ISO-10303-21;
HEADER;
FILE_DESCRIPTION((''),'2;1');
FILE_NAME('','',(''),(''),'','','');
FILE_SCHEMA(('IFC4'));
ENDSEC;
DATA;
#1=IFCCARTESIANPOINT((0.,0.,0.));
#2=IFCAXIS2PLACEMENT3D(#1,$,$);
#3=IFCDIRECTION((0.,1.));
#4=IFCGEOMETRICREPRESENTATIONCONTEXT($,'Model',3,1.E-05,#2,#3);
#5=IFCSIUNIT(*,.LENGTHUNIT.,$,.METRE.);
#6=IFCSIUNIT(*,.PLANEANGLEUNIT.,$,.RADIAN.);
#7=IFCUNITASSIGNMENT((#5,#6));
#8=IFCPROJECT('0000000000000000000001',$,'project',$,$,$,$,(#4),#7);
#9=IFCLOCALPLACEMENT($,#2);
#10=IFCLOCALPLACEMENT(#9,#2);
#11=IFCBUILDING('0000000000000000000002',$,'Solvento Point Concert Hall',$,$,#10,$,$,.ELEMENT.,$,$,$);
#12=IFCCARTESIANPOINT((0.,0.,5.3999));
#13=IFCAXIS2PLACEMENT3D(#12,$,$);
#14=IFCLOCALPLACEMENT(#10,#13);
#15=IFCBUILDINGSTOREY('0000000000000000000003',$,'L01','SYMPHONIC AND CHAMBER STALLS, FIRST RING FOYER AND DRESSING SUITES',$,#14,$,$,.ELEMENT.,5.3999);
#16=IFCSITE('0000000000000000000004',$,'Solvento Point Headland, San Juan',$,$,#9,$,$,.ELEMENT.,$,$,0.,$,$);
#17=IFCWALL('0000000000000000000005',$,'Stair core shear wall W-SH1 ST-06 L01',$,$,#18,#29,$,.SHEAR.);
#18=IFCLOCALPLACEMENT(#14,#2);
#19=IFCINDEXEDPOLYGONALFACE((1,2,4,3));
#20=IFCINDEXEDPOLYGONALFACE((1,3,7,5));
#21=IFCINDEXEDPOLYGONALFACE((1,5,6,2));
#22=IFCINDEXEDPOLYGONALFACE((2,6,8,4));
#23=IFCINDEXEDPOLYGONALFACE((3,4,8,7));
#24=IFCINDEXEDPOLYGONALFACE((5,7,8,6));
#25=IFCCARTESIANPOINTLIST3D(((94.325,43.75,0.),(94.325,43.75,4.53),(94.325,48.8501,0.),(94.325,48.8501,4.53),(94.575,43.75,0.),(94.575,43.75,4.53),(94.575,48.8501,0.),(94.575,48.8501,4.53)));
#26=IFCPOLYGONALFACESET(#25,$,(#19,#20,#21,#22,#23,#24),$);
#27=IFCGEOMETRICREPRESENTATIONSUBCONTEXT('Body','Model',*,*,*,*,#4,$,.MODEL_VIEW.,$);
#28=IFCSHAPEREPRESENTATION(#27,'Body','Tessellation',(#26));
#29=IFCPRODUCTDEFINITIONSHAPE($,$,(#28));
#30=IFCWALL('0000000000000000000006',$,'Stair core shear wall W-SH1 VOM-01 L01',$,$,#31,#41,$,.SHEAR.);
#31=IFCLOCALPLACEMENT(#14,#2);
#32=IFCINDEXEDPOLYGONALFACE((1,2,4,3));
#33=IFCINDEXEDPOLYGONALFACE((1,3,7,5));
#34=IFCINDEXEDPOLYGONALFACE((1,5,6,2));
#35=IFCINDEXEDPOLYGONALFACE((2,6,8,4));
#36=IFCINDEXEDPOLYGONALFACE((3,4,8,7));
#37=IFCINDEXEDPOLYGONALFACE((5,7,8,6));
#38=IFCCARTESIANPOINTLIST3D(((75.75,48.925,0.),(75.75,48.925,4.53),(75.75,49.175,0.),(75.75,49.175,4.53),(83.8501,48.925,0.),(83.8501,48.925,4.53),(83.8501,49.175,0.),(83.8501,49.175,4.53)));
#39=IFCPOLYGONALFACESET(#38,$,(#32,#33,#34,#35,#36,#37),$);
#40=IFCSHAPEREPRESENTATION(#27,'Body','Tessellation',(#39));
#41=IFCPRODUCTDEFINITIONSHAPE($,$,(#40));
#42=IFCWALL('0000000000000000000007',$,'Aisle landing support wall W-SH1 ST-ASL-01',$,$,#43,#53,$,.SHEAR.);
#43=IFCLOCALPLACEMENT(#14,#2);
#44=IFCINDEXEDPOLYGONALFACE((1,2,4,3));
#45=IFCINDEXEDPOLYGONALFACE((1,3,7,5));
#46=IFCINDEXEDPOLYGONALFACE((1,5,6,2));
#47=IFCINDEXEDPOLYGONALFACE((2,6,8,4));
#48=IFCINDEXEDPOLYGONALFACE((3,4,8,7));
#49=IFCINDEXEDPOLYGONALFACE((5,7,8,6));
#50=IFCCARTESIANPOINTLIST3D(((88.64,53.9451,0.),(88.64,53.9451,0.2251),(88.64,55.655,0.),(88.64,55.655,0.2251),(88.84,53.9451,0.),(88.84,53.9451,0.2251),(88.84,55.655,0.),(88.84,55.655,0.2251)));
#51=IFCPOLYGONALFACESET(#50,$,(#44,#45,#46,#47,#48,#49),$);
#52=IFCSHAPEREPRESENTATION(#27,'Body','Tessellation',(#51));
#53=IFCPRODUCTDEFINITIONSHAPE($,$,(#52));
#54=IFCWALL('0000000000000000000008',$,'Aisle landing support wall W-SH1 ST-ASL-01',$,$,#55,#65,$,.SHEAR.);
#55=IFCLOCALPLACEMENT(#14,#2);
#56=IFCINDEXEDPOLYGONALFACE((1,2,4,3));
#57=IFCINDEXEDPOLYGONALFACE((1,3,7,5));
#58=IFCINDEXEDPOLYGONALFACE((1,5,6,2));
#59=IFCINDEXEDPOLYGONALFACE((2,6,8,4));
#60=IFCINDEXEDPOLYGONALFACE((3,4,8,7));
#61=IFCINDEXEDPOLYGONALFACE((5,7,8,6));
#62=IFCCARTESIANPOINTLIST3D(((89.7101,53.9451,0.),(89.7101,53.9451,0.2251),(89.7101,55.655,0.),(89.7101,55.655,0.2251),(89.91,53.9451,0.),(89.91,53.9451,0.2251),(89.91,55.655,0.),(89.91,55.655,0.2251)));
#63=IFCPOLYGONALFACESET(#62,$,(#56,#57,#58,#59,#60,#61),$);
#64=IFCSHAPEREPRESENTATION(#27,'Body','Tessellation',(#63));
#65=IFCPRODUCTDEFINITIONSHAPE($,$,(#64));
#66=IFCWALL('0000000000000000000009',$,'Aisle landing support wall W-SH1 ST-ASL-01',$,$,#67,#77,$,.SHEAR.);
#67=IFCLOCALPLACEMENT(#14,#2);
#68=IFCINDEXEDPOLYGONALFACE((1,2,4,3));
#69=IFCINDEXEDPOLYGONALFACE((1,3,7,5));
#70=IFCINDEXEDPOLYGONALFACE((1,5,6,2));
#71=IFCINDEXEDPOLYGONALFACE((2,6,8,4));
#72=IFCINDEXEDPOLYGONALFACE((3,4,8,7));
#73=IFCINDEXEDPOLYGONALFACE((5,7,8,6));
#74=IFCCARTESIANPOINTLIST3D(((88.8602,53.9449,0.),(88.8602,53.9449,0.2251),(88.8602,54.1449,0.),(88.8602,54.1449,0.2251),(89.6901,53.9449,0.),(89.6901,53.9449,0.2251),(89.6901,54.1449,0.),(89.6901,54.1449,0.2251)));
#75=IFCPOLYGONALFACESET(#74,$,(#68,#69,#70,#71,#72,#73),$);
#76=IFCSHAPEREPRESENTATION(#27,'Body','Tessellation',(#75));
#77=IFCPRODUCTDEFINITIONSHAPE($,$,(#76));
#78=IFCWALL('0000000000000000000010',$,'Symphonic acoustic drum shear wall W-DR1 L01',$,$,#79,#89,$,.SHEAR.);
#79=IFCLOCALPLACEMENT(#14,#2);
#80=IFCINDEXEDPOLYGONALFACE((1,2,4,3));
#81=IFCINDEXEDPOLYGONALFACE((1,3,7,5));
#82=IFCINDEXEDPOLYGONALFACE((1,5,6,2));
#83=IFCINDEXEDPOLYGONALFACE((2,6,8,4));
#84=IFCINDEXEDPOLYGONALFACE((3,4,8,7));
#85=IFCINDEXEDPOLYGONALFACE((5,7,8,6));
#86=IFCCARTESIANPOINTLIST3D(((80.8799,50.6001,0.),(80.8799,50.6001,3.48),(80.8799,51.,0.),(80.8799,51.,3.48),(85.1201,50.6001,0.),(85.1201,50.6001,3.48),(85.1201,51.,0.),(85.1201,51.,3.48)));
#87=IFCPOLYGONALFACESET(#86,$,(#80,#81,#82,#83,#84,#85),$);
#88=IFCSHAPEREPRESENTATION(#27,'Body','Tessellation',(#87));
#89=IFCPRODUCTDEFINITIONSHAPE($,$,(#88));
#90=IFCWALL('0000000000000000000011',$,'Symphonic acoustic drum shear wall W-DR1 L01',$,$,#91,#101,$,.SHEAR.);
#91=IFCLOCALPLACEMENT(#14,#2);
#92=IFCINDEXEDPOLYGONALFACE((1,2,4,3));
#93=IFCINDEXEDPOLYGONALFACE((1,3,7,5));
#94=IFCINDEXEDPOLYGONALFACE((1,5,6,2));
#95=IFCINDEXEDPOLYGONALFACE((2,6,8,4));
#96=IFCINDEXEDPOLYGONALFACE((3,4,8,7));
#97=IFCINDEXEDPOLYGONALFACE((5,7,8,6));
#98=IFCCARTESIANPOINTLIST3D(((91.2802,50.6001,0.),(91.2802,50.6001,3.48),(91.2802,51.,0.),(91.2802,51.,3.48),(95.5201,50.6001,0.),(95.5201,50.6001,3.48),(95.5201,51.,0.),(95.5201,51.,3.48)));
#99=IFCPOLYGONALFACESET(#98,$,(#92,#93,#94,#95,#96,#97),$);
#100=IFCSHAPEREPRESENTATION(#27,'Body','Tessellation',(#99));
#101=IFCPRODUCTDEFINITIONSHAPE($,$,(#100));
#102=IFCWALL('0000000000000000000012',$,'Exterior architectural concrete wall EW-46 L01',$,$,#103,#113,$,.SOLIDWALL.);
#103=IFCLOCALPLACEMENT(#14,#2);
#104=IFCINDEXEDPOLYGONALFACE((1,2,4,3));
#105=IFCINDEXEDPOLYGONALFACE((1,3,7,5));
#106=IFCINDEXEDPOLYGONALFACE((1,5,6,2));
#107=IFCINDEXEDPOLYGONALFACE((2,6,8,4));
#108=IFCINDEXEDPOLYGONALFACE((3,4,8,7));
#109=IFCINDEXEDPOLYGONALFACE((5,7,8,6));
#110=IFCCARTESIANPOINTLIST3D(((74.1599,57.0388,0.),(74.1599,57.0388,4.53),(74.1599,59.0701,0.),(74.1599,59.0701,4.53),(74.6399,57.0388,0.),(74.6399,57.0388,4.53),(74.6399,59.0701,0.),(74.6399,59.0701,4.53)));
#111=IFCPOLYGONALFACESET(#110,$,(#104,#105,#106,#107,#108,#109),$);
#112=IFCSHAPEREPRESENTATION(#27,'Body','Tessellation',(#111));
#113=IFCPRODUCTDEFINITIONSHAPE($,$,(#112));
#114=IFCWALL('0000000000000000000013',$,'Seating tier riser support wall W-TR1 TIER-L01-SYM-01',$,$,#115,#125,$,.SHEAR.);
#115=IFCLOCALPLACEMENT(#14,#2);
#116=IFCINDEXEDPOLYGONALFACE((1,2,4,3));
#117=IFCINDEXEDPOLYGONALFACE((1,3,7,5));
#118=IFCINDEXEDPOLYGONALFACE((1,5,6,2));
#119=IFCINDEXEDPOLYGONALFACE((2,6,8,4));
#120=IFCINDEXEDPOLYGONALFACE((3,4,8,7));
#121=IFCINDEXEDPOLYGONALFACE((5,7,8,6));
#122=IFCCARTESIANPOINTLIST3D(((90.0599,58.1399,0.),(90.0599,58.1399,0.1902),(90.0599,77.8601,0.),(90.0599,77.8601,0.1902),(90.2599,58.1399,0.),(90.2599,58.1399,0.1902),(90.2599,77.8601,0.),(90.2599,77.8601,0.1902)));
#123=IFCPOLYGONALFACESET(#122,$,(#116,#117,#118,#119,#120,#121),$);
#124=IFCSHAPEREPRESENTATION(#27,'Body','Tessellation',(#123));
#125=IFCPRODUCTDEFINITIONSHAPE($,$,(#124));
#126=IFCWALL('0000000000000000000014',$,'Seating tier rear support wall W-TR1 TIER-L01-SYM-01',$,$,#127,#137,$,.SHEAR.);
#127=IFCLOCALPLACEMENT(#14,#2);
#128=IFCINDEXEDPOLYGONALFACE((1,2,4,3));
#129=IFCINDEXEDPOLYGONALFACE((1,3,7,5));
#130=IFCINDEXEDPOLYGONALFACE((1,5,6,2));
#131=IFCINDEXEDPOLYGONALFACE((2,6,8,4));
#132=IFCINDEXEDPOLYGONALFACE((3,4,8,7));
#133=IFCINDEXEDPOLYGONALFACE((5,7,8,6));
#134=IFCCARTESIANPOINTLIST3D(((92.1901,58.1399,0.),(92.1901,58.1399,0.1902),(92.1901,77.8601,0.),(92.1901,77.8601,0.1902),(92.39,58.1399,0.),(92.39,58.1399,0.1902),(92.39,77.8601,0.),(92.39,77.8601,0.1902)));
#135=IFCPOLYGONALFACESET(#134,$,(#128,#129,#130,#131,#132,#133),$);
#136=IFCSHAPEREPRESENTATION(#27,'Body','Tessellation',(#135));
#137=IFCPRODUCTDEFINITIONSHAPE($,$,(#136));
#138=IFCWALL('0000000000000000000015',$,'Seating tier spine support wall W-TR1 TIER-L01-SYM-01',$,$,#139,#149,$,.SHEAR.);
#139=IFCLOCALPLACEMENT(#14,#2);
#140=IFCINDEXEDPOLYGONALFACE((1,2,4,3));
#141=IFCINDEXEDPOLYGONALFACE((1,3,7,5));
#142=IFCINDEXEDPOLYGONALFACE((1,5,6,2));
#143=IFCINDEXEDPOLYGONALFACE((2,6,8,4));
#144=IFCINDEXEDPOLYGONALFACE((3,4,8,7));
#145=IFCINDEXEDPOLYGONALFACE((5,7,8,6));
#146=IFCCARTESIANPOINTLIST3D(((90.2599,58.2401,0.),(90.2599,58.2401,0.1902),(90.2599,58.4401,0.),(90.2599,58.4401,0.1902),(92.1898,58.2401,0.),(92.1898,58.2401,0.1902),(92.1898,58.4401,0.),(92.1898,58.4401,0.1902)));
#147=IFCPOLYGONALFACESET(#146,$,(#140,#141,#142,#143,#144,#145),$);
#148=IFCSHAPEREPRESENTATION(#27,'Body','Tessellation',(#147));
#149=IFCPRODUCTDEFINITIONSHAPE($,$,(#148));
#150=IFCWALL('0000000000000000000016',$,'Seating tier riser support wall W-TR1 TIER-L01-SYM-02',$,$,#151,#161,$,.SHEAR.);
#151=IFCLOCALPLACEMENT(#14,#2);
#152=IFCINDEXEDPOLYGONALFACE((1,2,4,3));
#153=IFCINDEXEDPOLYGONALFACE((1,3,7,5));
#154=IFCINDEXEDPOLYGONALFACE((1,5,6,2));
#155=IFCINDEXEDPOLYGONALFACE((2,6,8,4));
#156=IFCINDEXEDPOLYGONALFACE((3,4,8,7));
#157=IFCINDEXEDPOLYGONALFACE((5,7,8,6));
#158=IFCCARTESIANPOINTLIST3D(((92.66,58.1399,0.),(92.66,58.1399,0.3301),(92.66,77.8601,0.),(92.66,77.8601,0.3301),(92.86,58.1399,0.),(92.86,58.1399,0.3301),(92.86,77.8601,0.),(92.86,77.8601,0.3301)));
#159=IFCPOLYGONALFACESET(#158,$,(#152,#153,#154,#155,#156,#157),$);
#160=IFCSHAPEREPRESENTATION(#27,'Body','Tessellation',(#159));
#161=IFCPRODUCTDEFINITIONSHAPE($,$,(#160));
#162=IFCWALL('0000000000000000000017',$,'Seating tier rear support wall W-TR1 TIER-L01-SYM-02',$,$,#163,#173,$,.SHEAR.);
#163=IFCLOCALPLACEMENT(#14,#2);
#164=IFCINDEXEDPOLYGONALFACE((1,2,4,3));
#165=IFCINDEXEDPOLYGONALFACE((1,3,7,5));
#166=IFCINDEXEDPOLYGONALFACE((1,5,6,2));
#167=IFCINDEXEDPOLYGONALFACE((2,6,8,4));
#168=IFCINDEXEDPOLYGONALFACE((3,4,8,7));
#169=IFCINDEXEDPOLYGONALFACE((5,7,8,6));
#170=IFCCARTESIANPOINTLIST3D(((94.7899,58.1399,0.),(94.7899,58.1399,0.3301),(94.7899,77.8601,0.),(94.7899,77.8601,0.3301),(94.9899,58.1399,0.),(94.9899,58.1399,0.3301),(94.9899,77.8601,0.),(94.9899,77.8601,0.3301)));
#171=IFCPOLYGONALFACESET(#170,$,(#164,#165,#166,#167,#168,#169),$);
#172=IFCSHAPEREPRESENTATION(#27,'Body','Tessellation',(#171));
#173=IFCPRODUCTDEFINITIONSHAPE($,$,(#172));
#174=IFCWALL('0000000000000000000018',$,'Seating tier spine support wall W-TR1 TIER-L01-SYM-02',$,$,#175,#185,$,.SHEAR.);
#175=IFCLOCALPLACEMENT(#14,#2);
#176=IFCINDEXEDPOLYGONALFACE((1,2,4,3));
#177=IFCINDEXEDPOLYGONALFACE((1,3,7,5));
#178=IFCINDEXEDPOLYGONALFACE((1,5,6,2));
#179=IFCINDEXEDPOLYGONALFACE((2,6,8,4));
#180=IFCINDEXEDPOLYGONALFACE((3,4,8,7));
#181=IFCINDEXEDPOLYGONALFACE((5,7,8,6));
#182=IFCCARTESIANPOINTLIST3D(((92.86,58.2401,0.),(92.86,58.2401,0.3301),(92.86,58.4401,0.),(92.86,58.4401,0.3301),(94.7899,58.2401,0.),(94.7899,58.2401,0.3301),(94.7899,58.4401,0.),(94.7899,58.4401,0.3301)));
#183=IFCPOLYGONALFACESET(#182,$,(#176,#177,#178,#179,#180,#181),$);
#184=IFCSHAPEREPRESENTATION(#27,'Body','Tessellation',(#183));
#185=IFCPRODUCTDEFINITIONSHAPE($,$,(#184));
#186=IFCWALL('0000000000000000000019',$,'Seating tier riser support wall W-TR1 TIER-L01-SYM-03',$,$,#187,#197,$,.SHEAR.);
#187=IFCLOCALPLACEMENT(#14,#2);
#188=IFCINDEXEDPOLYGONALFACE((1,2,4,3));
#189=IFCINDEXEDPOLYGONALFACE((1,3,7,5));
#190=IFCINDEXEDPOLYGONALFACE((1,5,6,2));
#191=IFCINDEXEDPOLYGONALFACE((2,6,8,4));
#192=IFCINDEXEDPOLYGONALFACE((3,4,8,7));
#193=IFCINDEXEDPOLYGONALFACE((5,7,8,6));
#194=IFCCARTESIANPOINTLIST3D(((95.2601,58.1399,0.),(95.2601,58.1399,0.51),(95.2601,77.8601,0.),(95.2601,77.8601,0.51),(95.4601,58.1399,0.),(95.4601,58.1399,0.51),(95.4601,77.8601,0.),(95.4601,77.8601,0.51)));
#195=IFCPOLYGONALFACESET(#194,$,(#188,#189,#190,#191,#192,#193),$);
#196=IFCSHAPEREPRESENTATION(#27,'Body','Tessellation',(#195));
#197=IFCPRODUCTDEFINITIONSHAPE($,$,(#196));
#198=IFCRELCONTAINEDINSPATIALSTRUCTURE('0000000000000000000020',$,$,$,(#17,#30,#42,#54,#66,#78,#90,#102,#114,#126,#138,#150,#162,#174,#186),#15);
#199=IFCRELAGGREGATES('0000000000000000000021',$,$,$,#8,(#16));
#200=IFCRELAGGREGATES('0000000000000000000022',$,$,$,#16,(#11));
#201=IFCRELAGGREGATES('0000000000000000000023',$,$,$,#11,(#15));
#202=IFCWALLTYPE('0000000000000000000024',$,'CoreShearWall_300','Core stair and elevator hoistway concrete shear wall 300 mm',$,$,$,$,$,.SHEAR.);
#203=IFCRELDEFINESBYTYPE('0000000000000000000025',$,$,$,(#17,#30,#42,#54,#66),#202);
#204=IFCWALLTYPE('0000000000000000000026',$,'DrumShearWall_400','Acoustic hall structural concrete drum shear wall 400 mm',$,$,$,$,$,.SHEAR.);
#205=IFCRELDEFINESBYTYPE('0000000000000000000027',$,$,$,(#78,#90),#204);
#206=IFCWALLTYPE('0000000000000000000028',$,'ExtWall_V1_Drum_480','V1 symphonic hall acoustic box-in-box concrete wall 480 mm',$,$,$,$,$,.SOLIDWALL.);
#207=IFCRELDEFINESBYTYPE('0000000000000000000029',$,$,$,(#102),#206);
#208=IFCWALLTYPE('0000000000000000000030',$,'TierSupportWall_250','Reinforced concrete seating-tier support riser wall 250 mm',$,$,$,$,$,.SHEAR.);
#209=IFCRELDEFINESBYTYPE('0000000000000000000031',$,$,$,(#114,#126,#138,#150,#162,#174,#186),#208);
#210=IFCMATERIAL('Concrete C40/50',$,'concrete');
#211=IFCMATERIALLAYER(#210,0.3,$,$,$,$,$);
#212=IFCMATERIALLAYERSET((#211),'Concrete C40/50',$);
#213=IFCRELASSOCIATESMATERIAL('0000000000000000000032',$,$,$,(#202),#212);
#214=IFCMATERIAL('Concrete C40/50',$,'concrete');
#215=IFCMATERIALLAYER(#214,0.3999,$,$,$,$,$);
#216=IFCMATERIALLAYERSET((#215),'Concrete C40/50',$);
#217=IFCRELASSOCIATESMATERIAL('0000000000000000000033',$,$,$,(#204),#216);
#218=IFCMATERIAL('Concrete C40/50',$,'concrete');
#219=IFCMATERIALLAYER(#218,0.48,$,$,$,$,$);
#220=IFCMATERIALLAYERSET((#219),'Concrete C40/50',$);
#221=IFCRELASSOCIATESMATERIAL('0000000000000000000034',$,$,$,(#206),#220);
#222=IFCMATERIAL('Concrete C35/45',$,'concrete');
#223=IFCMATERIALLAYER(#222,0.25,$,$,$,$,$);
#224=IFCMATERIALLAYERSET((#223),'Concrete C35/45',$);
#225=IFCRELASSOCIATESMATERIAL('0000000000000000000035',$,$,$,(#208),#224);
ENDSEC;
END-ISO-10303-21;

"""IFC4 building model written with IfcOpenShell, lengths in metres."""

from ifc_helpers import new_model, si_unit, direction, frame, frame_2d, origin, place, context, subcontext, project, spatial, rectangle, extrude, material, layer, layer_set, type_object, element, save


model = new_model("IFC4")

# Units and contexts
model_context = context("Model", 3, precision=1e-05, world=origin(), true_north=direction((0.0, 1.0)))
body_context = subcontext(model_context, "Body", "Model", "MODEL_VIEW")
ifc_project = project(units=[si_unit("LENGTHUNIT", "METRE"), si_unit("PLANEANGLEUNIT", "RADIAN")], contexts=[model_context])

# Site, building, storey
site_placement = place(None, origin())
site = spatial("IfcSite", under=ifc_project, at=site_placement, Name="Solvento Point Headland, San Juan", CompositionType="ELEMENT", RefElevation=0.0)
building_placement = place(site_placement, origin())
building = spatial("IfcBuilding", under=site, at=building_placement, Name="Solvento Point Concert Hall", CompositionType="ELEMENT")
storey_placement = place(building_placement, frame((0.0, 0.0, 5.3999)))
storey = spatial("IfcBuildingStorey", under=building, at=storey_placement, Name="L01", Description="SYMPHONIC AND CHAMBER STALLS, FIRST RING FOYER AND DRESSING SUITES", CompositionType="ELEMENT", Elevation=5.3999)

# Walls
ifc_material_1 = material(Name="Concrete C40/50", Category="concrete")
ifc_layer_1 = layer(ifc_material_1, 0.3)
ifc_layer_set_1 = layer_set([ifc_layer_1], Name="Concrete C40/50")
wall_type_1 = type_object("IfcWallType", Name="CoreShearWall_300", Description="Core stair and elevator hoistway concrete shear wall 300 mm", PredefinedType="SHEAR", material=ifc_layer_set_1)
wall_1_placement = place(storey_placement, frame((94.45, 48.8501, 0.0), z_axis=(0.0, 0.0, 1.0), x_axis=(0.0, -1.0, 0.0)))
element("IfcWall", 1, at=wall_1_placement, inside=storey, type_object=wall_type_1, Name="Stair core shear wall W-SH1 ST-06 L01", PredefinedType="SHEAR", context=body_context, shape_type="SweptSolid", body=[
    extrude(rectangle(XDim=5.1001, YDim=0.25, at=frame_2d((2.55, 0.0))), origin(), (0.0, 0.0, 1.0), 4.53),
])
wall_2_placement = place(storey_placement, frame((75.75, 49.05, 0.0), z_axis=(0.0, 0.0, 1.0), x_axis=(1.0, 0.0, 0.0)))
element("IfcWall", 2, at=wall_2_placement, inside=storey, type_object=wall_type_1, Name="Stair core shear wall W-SH1 VOM-01 L01", PredefinedType="SHEAR", context=body_context, shape_type="SweptSolid", body=[
    extrude(rectangle(XDim=8.1001, YDim=0.25, at=frame_2d((4.05, 0.0))), origin(), (0.0, 0.0, 1.0), 4.53),
])
for number, where, z_axis, x_axis, name in (
    (3, (88.74, 53.9451, 0.0), (0.0, 0.0, 1.0), (0.0, 1.0, 0.0), "Aisle landing support wall W-SH1 ST-ASL-01"),
    (4, (89.8101, 53.9451, 0.0), (0.0, 0.0, 1.0), (0.0, 1.0, 0.0), "Aisle landing support wall W-SH1 ST-ASL-01"),
):
    element("IfcWall", number, at=place(storey_placement, frame(where, z_axis=z_axis, x_axis=x_axis)), inside=storey, type_object=wall_type_1, Name=name, PredefinedType="SHEAR", context=body_context, shape_type="SweptSolid", body=[
        extrude(rectangle(XDim=1.71, YDim=0.2, at=frame_2d((0.855, 0.0))), origin(), (0.0, 0.0, 1.0), 0.2251),
    ])
wall_3_placement = place(storey_placement, frame((88.8601, 54.0449, 0.0), z_axis=(0.0, 0.0, 1.0), x_axis=(1.0, 0.0, 0.0)))
element("IfcWall", 5, at=wall_3_placement, inside=storey, type_object=wall_type_1, Name="Aisle landing support wall W-SH1 ST-ASL-01", PredefinedType="SHEAR", context=body_context, shape_type="SweptSolid", body=[
    extrude(rectangle(XDim=0.8298, YDim=0.2, at=frame_2d((0.415, 0.0))), origin(), (0.0, 0.0, 1.0), 0.2251),
])
ifc_material_2 = material(Name="Concrete C40/50", Category="concrete")
ifc_layer_2 = layer(ifc_material_2, 0.3999)
ifc_layer_set_2 = layer_set([ifc_layer_2], Name="Concrete C40/50")
wall_type_2 = type_object("IfcWallType", Name="DrumShearWall_400", Description="Acoustic hall structural concrete drum shear wall 400 mm", PredefinedType="SHEAR", material=ifc_layer_set_2)
wall_4_placement = place(storey_placement, frame((80.8799, 50.8, 0.0), z_axis=(0.0, 0.0, 1.0), x_axis=(1.0, 0.0, 0.0)))
element("IfcWall", 6, at=wall_4_placement, inside=storey, type_object=wall_type_2, Name="Symphonic acoustic drum shear wall W-DR1 L01", PredefinedType="SHEAR", context=body_context, shape_type="SweptSolid", body=[
    extrude(rectangle(XDim=4.2402, YDim=0.3999, at=frame_2d((2.1201, 0.0))), origin(), (0.0, 0.0, 1.0), 3.48),
])
wall_5_placement = place(storey_placement, frame((91.28, 50.8, 0.0), z_axis=(0.0, 0.0, 1.0), x_axis=(1.0, 0.0, 0.0)))
element("IfcWall", 7, at=wall_5_placement, inside=storey, type_object=wall_type_2, Name="Symphonic acoustic drum shear wall W-DR1 L01", PredefinedType="SHEAR", context=body_context, shape_type="SweptSolid", body=[
    extrude(rectangle(XDim=4.24, YDim=0.3999, at=frame_2d((2.1201, 0.0))), origin(), (0.0, 0.0, 1.0), 3.48),
])
ifc_material_3 = material(Name="Concrete C40/50", Category="concrete")
ifc_layer_3 = layer(ifc_material_3, 0.48)
ifc_layer_set_3 = layer_set([ifc_layer_3], Name="Concrete C40/50")
wall_type_3 = type_object("IfcWallType", Name="ExtWall_V1_Drum_480", Description="V1 symphonic hall acoustic box-in-box concrete wall 480 mm", PredefinedType="SOLIDWALL", material=ifc_layer_set_3)
wall_6_placement = place(storey_placement, frame((74.3999, 57.0388, 0.0), z_axis=(0.0, 0.0, 1.0), x_axis=(0.0, 1.0, 0.0)))
element("IfcWall", 8, at=wall_6_placement, inside=storey, type_object=wall_type_3, Name="Exterior architectural concrete wall EW-46 L01", PredefinedType="SOLIDWALL", context=body_context, shape_type="SweptSolid", body=[
    extrude(rectangle(XDim=2.0312, YDim=0.48, at=frame_2d((1.0156, 0.0))), origin(), (0.0, 0.0, 1.0), 4.53),
])
ifc_material_4 = material(Name="Concrete C35/45", Category="concrete")
ifc_layer_4 = layer(ifc_material_4, 0.25)
ifc_layer_set_4 = layer_set([ifc_layer_4], Name="Concrete C35/45")
wall_type_4 = type_object("IfcWallType", Name="TierSupportWall_250", Description="Reinforced concrete seating-tier support riser wall 250 mm", PredefinedType="SHEAR", material=ifc_layer_set_4)
for number, where, z_axis, x_axis, name in (
    (9, (90.1599, 58.1399, 0.0), (0.0, 0.0, 1.0), (0.0, 1.0, 0.0), "Seating tier riser support wall W-TR1 TIER-L01-SYM-01"),
    (10, (92.29, 58.1399, 0.0), (0.0, 0.0, 1.0), (0.0, 1.0, 0.0), "Seating tier rear support wall W-TR1 TIER-L01-SYM-01"),
):
    element("IfcWall", number, at=place(storey_placement, frame(where, z_axis=z_axis, x_axis=x_axis)), inside=storey, type_object=wall_type_4, Name=name, PredefinedType="SHEAR", context=body_context, shape_type="SweptSolid", body=[
        extrude(rectangle(XDim=19.7202, YDim=0.2, at=frame_2d((9.8601, 0.0))), origin(), (0.0, 0.0, 1.0), 0.1902),
    ])
wall_7_placement = place(storey_placement, frame((90.26, 58.3401, 0.0), z_axis=(0.0, 0.0, 1.0), x_axis=(1.0, 0.0, 0.0)))
element("IfcWall", 11, at=wall_7_placement, inside=storey, type_object=wall_type_4, Name="Seating tier spine support wall W-TR1 TIER-L01-SYM-01", PredefinedType="SHEAR", context=body_context, shape_type="SweptSolid", body=[
    extrude(rectangle(XDim=1.9299, YDim=0.2, at=frame_2d((0.9648, 0.0))), origin(), (0.0, 0.0, 1.0), 0.1902),
])
for number, where, z_axis, x_axis, name in (
    (12, (92.76, 58.1399, 0.0), (0.0, 0.0, 1.0), (0.0, 1.0, 0.0), "Seating tier riser support wall W-TR1 TIER-L01-SYM-02"),
    (13, (94.8899, 58.1399, 0.0), (0.0, 0.0, 1.0), (0.0, 1.0, 0.0), "Seating tier rear support wall W-TR1 TIER-L01-SYM-02"),
):
    element("IfcWall", number, at=place(storey_placement, frame(where, z_axis=z_axis, x_axis=x_axis)), inside=storey, type_object=wall_type_4, Name=name, PredefinedType="SHEAR", context=body_context, shape_type="SweptSolid", body=[
        extrude(rectangle(XDim=19.7202, YDim=0.2, at=frame_2d((9.8601, 0.0))), origin(), (0.0, 0.0, 1.0), 0.3301),
    ])
wall_8_placement = place(storey_placement, frame((92.8601, 58.3401, 0.0), z_axis=(0.0, 0.0, 1.0), x_axis=(1.0, 0.0, 0.0)))
element("IfcWall", 14, at=wall_8_placement, inside=storey, type_object=wall_type_4, Name="Seating tier spine support wall W-TR1 TIER-L01-SYM-02", PredefinedType="SHEAR", context=body_context, shape_type="SweptSolid", body=[
    extrude(rectangle(XDim=1.9299, YDim=0.2, at=frame_2d((0.9648, 0.0))), origin(), (0.0, 0.0, 1.0), 0.3301),
])
for number, where, z_axis, x_axis, name in (
    (15, (95.3601, 58.1399, 0.0), (0.0, 0.0, 1.0), (0.0, 1.0, 0.0), "Seating tier riser support wall W-TR1 TIER-L01-SYM-03"),
):
    element("IfcWall", number, at=place(storey_placement, frame(where, z_axis=z_axis, x_axis=x_axis)), inside=storey, type_object=wall_type_4, Name=name, PredefinedType="SHEAR", context=body_context, shape_type="SweptSolid", body=[
        extrude(rectangle(XDim=19.7202, YDim=0.2, at=frame_2d((9.8601, 0.0))), origin(), (0.0, 0.0, 1.0), 0.51),
    ])

save(model, "model.ifc")
